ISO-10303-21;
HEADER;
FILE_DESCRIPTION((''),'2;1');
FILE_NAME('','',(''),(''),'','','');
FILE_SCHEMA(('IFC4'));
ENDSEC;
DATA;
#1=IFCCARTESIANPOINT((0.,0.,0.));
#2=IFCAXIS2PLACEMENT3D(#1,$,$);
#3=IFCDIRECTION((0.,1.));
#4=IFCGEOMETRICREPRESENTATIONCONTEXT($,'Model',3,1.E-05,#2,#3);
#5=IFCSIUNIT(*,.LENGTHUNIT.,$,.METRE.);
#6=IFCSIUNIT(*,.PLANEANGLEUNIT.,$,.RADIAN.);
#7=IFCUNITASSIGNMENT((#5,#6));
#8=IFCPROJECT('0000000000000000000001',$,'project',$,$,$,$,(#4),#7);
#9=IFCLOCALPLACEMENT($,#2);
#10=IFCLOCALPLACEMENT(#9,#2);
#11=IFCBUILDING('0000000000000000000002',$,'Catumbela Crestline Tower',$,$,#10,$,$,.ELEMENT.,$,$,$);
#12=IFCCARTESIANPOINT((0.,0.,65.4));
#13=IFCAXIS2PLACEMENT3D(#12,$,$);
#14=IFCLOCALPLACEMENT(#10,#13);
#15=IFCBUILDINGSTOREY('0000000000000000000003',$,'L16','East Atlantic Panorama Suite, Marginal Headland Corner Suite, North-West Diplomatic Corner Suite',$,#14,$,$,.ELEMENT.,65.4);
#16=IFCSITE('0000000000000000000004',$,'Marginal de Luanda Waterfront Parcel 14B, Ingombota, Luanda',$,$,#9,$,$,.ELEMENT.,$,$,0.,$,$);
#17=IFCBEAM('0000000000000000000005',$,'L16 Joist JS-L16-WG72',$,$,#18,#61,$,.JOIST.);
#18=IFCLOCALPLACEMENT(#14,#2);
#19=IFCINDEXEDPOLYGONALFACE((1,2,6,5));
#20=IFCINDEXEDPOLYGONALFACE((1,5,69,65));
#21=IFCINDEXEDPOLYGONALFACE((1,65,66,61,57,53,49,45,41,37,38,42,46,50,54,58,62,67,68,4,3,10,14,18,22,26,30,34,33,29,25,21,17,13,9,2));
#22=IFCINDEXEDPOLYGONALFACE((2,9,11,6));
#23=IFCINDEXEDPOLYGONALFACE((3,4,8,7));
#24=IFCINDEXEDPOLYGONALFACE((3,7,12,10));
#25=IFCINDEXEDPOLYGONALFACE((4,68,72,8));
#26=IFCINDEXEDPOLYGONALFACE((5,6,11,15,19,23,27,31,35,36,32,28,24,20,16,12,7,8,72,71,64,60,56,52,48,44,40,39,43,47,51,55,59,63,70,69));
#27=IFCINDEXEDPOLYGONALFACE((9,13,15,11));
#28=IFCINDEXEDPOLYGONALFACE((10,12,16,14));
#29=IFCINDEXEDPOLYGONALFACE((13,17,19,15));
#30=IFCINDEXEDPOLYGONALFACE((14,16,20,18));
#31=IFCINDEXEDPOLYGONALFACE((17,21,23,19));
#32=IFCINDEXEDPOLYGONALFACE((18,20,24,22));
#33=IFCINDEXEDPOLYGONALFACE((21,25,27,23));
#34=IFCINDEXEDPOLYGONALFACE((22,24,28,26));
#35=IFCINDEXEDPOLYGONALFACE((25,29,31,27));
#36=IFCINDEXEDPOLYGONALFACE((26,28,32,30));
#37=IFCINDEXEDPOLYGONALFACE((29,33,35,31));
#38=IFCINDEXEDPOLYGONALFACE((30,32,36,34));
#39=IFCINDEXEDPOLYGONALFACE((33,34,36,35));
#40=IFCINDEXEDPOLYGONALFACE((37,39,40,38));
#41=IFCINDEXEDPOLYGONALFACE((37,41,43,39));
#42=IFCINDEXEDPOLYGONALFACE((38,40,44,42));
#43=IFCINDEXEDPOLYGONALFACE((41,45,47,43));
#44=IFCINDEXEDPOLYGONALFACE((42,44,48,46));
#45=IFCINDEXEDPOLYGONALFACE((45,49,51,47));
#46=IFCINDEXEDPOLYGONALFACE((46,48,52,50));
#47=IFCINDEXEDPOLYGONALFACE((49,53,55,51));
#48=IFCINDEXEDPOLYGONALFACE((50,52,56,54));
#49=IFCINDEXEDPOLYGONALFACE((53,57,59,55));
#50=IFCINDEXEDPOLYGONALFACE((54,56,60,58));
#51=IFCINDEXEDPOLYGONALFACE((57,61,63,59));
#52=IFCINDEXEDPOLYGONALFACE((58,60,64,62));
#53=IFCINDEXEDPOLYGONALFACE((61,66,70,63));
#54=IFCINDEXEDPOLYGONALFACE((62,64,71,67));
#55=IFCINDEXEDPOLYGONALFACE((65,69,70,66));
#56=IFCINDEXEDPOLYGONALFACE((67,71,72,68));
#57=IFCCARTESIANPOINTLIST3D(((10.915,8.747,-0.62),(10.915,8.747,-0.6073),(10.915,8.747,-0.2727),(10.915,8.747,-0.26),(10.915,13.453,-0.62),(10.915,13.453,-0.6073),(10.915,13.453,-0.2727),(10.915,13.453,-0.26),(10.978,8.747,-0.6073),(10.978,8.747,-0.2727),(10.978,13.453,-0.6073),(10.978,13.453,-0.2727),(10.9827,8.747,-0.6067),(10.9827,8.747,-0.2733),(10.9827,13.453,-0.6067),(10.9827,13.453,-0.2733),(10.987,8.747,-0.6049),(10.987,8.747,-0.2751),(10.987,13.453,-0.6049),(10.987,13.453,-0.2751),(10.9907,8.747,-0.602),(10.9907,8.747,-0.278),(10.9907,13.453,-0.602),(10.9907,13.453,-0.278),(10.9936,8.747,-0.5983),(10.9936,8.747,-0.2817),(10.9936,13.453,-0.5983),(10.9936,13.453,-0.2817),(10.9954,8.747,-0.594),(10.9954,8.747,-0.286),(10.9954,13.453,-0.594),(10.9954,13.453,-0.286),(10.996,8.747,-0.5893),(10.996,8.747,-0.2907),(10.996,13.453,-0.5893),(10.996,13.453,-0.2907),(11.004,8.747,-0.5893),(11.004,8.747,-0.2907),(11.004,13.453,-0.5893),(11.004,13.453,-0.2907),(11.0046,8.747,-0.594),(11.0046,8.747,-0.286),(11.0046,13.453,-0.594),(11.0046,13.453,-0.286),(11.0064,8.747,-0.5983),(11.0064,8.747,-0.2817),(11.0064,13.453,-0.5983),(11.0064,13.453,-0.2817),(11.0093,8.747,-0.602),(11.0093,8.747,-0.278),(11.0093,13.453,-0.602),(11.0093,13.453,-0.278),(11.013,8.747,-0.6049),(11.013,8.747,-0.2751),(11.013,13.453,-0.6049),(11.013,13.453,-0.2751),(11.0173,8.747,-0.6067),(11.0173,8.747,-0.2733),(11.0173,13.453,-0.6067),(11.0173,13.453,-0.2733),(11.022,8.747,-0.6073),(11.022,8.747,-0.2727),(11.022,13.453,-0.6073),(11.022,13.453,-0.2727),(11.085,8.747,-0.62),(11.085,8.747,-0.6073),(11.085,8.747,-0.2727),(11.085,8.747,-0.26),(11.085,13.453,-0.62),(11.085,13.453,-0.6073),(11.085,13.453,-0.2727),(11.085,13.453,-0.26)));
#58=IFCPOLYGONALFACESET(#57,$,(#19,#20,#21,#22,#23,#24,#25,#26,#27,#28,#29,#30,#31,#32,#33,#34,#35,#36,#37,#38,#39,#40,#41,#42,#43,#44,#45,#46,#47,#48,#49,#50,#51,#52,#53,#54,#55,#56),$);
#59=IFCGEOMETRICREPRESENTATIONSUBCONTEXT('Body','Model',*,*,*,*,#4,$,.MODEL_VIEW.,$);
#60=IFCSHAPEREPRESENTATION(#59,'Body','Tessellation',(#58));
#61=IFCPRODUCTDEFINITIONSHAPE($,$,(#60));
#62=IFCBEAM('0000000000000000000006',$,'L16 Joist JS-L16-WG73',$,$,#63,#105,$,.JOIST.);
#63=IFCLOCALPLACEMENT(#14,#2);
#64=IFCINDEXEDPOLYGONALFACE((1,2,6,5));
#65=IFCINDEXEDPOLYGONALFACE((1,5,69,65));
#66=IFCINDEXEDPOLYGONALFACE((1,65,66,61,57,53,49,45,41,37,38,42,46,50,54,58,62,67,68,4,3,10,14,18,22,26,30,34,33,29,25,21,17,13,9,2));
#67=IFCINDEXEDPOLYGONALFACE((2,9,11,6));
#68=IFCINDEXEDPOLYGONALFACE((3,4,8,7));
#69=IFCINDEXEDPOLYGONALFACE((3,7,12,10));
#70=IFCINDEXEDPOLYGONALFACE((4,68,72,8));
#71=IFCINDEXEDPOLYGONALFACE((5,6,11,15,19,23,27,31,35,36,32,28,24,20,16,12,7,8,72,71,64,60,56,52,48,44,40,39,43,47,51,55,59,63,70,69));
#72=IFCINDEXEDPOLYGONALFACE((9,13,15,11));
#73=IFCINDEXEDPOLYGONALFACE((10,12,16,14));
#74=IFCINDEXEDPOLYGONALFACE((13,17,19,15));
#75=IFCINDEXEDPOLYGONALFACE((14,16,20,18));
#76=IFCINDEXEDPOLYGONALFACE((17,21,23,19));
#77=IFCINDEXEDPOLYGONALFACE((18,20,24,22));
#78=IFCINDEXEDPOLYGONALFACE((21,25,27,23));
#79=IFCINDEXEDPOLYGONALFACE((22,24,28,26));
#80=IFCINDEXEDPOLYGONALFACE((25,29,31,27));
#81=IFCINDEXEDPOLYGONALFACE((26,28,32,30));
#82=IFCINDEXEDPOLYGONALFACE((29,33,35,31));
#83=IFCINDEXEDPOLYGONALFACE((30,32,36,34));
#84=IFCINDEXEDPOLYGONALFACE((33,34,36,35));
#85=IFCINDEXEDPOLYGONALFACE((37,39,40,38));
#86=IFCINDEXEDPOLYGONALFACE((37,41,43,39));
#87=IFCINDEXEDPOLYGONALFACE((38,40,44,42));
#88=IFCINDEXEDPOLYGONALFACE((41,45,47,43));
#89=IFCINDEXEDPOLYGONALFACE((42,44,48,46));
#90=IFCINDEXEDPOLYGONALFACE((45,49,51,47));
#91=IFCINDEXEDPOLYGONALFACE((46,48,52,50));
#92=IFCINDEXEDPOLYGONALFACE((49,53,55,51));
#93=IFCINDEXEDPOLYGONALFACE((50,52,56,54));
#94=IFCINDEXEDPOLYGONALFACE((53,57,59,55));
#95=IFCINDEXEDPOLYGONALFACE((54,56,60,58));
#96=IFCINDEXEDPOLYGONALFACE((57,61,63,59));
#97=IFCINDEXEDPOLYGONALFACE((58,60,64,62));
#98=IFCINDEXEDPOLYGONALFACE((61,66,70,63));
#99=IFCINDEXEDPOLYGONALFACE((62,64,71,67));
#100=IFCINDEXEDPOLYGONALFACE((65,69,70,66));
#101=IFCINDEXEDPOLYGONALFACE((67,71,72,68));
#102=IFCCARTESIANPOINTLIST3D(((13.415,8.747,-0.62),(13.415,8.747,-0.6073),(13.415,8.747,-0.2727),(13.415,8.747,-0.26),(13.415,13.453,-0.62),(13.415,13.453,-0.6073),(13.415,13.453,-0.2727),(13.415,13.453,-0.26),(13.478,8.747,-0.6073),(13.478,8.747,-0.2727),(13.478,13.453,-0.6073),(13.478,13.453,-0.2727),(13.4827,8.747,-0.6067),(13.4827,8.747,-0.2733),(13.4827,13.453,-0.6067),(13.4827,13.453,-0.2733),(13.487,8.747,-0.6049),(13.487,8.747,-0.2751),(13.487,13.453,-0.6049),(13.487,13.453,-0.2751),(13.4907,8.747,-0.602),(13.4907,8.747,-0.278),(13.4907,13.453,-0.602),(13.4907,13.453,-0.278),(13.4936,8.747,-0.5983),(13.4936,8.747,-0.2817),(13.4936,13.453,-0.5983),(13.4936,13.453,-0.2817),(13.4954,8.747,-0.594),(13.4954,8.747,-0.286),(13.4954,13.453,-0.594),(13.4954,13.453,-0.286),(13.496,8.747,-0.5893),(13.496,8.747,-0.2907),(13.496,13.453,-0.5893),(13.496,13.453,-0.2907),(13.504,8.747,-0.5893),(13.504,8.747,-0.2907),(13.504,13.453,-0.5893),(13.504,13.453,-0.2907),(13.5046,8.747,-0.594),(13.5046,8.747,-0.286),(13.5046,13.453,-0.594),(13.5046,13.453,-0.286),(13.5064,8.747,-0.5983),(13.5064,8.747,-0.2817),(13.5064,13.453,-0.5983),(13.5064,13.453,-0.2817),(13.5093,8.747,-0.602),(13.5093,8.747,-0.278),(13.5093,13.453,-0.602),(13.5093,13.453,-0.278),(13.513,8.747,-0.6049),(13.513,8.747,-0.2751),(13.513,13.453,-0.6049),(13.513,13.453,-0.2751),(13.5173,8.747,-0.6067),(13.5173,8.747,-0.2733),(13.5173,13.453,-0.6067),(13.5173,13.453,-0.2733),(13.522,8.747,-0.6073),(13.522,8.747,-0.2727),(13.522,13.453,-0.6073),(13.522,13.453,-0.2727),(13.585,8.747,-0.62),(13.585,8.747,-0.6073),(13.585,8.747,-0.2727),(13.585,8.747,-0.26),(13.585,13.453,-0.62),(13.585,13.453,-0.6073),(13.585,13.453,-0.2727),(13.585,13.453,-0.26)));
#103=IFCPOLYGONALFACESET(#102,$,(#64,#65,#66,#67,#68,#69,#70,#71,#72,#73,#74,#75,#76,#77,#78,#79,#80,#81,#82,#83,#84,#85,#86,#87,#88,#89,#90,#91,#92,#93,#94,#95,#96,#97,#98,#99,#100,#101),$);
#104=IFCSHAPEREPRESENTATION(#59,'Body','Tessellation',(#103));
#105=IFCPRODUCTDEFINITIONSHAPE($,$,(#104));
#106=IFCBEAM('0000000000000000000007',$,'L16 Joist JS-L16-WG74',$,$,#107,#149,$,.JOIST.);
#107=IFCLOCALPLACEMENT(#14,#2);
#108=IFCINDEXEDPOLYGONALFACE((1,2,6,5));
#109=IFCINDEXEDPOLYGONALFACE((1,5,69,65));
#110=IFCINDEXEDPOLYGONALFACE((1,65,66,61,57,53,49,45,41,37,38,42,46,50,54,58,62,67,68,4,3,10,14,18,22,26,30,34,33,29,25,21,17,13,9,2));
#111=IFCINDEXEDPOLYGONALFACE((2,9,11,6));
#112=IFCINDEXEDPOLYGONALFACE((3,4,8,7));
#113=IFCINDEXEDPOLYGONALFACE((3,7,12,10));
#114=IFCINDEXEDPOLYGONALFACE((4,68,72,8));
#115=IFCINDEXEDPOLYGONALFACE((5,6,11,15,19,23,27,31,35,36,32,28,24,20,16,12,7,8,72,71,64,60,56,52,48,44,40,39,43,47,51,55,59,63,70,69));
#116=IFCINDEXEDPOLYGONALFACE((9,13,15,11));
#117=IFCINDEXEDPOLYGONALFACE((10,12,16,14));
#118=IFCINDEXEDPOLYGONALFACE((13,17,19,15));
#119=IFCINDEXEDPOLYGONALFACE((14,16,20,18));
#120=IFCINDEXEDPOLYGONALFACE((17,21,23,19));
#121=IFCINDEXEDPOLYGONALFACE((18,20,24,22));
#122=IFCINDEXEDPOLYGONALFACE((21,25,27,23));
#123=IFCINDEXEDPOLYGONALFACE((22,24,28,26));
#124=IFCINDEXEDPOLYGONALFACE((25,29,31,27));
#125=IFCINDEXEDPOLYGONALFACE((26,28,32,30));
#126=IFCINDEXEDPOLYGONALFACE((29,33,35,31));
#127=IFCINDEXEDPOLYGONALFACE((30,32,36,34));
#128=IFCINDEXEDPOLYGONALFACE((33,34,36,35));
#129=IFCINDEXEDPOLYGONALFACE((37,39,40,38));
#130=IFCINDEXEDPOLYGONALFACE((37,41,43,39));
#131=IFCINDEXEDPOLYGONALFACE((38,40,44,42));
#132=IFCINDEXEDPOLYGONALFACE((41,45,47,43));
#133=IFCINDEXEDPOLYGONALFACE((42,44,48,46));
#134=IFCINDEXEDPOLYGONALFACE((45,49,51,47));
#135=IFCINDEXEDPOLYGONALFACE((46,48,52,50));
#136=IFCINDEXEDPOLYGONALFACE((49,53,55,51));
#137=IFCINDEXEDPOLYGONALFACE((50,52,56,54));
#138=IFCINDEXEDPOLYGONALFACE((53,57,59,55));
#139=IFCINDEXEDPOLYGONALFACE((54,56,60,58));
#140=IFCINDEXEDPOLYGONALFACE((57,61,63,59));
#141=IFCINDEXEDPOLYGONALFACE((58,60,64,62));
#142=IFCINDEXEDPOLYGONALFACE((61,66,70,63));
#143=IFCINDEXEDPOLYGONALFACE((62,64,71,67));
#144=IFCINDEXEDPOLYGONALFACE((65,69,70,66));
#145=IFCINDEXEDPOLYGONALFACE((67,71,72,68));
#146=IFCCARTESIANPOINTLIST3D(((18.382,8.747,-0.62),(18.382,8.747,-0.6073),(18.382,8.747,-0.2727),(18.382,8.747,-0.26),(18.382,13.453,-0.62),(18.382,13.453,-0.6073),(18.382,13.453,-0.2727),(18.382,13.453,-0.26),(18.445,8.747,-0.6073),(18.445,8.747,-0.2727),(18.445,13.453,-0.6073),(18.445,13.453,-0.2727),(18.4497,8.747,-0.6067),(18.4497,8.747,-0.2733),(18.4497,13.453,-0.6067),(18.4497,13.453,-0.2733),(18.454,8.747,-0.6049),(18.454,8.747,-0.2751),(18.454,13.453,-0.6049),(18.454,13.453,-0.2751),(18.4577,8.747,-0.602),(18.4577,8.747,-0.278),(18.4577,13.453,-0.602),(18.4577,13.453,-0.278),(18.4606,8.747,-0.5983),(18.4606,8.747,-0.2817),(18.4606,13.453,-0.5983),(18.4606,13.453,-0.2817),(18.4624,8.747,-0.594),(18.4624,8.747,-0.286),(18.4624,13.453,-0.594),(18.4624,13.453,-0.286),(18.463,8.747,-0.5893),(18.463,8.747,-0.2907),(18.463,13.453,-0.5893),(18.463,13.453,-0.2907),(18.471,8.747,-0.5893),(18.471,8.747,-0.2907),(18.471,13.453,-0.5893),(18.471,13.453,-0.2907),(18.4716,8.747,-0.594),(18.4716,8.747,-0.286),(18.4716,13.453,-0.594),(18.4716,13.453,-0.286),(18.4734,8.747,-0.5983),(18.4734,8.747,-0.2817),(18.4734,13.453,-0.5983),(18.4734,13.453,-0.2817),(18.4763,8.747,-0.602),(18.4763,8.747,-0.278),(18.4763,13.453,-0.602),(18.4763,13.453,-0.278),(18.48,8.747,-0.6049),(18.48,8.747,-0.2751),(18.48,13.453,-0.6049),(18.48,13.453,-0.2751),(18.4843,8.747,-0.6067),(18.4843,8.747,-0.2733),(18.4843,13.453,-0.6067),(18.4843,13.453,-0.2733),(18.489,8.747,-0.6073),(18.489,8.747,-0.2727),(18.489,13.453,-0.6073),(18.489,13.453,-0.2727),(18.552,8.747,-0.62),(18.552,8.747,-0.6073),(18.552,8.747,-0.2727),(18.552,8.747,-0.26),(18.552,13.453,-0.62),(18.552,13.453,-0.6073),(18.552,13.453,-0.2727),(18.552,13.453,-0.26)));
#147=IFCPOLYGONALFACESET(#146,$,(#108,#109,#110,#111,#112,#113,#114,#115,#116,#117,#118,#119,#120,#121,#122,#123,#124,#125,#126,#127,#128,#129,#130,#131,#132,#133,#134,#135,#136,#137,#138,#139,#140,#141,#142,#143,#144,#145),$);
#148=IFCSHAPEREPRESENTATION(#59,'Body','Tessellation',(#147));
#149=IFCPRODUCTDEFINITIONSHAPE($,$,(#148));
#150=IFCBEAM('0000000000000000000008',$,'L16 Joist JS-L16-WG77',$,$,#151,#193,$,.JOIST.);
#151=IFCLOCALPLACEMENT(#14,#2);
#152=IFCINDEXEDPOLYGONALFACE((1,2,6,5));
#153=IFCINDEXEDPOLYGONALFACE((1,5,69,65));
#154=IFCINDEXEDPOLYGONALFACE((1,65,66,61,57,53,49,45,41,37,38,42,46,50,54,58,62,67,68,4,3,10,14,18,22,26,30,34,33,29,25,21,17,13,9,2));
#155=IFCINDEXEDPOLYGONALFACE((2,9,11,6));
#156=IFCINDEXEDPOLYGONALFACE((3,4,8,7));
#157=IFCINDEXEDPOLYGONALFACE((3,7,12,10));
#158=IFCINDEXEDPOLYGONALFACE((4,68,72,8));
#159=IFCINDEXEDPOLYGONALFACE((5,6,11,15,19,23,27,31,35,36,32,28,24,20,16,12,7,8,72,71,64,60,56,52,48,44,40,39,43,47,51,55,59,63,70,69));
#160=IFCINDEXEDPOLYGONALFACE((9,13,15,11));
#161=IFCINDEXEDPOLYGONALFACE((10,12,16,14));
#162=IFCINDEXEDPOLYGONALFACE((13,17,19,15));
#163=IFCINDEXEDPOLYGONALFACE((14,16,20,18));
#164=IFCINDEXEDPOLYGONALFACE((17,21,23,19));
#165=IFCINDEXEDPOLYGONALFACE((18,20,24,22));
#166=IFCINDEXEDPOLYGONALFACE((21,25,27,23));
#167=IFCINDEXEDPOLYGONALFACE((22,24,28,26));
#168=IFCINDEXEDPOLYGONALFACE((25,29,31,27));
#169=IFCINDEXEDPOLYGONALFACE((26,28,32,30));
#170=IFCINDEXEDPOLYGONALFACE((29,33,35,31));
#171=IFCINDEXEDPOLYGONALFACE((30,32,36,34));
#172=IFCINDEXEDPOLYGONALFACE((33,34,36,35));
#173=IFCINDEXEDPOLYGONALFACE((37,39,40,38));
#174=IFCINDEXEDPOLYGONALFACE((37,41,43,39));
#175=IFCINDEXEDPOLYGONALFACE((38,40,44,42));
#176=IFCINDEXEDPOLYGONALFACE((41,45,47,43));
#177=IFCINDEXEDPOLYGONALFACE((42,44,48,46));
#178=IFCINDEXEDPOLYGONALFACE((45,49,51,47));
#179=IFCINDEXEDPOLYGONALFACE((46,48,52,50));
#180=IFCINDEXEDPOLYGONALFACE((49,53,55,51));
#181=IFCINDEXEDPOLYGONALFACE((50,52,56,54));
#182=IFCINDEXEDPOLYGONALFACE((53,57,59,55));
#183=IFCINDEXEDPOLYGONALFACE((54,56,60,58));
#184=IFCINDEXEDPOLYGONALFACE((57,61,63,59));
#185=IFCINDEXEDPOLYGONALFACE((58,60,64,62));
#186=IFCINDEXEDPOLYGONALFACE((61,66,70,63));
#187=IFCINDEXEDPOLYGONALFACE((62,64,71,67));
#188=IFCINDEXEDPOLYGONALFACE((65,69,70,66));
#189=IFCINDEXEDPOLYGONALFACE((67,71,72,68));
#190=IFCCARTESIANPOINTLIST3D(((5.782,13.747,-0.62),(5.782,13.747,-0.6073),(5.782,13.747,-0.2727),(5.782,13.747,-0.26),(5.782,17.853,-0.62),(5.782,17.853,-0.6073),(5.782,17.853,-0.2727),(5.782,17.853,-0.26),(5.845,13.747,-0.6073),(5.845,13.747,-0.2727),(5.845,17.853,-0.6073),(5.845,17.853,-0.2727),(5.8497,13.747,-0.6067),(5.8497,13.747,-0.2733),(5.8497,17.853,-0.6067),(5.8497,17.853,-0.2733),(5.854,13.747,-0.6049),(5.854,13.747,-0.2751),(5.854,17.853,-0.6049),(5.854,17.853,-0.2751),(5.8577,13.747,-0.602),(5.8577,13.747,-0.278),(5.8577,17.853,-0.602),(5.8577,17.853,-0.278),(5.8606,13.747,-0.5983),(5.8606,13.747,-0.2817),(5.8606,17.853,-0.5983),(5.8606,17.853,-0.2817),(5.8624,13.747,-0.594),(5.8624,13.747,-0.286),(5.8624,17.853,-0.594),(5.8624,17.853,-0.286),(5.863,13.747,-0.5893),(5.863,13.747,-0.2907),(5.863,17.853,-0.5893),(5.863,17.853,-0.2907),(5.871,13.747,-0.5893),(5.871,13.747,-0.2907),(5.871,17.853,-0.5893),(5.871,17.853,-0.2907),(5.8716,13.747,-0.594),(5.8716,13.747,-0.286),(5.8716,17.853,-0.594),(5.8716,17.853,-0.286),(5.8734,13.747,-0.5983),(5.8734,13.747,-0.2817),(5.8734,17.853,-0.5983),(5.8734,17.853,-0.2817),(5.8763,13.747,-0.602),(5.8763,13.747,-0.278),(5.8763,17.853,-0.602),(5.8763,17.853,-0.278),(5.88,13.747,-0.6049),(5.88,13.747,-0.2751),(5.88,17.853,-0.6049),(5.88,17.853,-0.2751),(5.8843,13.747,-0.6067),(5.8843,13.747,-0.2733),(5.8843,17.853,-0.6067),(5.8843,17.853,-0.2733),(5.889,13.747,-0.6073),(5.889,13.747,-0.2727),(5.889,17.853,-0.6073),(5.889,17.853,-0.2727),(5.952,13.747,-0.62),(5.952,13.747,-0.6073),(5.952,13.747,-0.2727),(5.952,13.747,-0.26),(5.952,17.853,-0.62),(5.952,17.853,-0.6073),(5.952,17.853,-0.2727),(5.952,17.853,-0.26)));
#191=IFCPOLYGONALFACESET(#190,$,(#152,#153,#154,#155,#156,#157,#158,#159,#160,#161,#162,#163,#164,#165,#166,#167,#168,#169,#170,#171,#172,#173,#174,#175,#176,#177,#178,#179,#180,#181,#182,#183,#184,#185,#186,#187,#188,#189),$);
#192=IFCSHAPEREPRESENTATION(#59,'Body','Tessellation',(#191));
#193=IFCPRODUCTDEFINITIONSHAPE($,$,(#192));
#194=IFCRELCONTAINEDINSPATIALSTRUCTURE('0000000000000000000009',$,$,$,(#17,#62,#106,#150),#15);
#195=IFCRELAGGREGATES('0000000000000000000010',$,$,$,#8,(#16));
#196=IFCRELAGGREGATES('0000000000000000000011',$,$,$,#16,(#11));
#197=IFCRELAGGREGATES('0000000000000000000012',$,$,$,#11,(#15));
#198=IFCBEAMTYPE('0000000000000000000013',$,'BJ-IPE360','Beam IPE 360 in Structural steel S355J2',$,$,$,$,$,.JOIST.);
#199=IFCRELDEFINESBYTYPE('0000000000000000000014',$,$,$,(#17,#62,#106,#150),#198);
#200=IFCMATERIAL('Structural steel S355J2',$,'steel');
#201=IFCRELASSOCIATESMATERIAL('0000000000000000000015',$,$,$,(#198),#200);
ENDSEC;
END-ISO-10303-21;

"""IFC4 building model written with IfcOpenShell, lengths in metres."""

from ifc_helpers import new_model, si_unit, direction, frame, origin, origin_2d, place, context, subcontext, project, spatial, i_section, extrude, material, material_profile, profile_set, type_object, element, save


model = new_model("IFC4")

# Units and contexts
model_context = context("Model", 3, precision=1e-05, world=origin(), true_north=direction((0.0, 1.0)))
body_context = subcontext(model_context, "Body", "Model", "MODEL_VIEW")
ifc_project = project(units=[si_unit("LENGTHUNIT", "METRE"), si_unit("PLANEANGLEUNIT", "RADIAN")], contexts=[model_context])

# Site, building, storey
site_placement = place(None, origin())
site = spatial("IfcSite", under=ifc_project, at=site_placement, Name="Marginal de Luanda Waterfront Parcel 14B, Ingombota, Luanda", CompositionType="ELEMENT", RefElevation=0.0)
building_placement = place(site_placement, origin())
building = spatial("IfcBuilding", under=site, at=building_placement, Name="Catumbela Crestline Tower", CompositionType="ELEMENT")
storey_placement = place(building_placement, frame((0.0, 0.0, 65.4)))
storey = spatial("IfcBuildingStorey", under=building, at=storey_placement, Name="L16", Description="East Atlantic Panorama Suite, Marginal Headland Corner Suite, North-West Diplomatic Corner Suite", CompositionType="ELEMENT", Elevation=65.4)

# Beams
ifc_material_1 = material(Name="Structural steel S355J2", Category="steel")
ifc_material_profile_1 = material_profile(ifc_material_1, i_section(OverallWidth=0.17, OverallDepth=0.36, WebThickness=0.008, FlangeThickness=0.0127, FilletRadius=0.018, at=origin_2d()), Name="IPE 360")
ifc_profile_set_1 = profile_set([ifc_material_profile_1], Name="Structural steel S355J2")
beam_type_1 = type_object("IfcBeamType", Name="BJ-IPE360", Description="Beam IPE 360 in Structural steel S355J2", PredefinedType="JOIST", material=ifc_profile_set_1)
for number, where, z_axis, x_axis, name in (
    (1, (11.0, 8.747, -0.44), (0.0, 1.0, 0.0), (-1.0, 0.0, 0.0), "L16 Joist JS-L16-WG72"),
    (2, (13.5, 8.747, -0.44), (0.0, 1.0, 0.0), (-1.0, 0.0, 0.0), "L16 Joist JS-L16-WG73"),
    (3, (18.467, 8.747, -0.44), (0.0, 1.0, 0.0), (-1.0, 0.0, 0.0), "L16 Joist JS-L16-WG74"),
):
    element("IfcBeam", number, at=place(storey_placement, frame(where, z_axis=z_axis, x_axis=x_axis)), inside=storey, type_object=beam_type_1, Name=name, PredefinedType="JOIST", context=body_context, shape_type="SweptSolid", body=[
        extrude(i_section(OverallWidth=0.17, OverallDepth=0.36, WebThickness=0.008, FlangeThickness=0.0127, FilletRadius=0.018, at=origin_2d()), origin(), (0.0, 0.0, 1.0), 4.706),
    ])
for number, where, z_axis, x_axis, name in (
    (4, (5.867, 13.747, -0.44), (0.0, 1.0, 0.0), (-1.0, 0.0, 0.0), "L16 Joist JS-L16-WG77"),
):
    element("IfcBeam", number, at=place(storey_placement, frame(where, z_axis=z_axis, x_axis=x_axis)), inside=storey, type_object=beam_type_1, Name=name, PredefinedType="JOIST", context=body_context, shape_type="SweptSolid", body=[
        extrude(i_section(OverallWidth=0.17, OverallDepth=0.36, WebThickness=0.008, FlangeThickness=0.0127, FilletRadius=0.018, at=origin_2d()), origin(), (0.0, 0.0, 1.0), 4.106),
    ])

save(model, "model.ifc")
